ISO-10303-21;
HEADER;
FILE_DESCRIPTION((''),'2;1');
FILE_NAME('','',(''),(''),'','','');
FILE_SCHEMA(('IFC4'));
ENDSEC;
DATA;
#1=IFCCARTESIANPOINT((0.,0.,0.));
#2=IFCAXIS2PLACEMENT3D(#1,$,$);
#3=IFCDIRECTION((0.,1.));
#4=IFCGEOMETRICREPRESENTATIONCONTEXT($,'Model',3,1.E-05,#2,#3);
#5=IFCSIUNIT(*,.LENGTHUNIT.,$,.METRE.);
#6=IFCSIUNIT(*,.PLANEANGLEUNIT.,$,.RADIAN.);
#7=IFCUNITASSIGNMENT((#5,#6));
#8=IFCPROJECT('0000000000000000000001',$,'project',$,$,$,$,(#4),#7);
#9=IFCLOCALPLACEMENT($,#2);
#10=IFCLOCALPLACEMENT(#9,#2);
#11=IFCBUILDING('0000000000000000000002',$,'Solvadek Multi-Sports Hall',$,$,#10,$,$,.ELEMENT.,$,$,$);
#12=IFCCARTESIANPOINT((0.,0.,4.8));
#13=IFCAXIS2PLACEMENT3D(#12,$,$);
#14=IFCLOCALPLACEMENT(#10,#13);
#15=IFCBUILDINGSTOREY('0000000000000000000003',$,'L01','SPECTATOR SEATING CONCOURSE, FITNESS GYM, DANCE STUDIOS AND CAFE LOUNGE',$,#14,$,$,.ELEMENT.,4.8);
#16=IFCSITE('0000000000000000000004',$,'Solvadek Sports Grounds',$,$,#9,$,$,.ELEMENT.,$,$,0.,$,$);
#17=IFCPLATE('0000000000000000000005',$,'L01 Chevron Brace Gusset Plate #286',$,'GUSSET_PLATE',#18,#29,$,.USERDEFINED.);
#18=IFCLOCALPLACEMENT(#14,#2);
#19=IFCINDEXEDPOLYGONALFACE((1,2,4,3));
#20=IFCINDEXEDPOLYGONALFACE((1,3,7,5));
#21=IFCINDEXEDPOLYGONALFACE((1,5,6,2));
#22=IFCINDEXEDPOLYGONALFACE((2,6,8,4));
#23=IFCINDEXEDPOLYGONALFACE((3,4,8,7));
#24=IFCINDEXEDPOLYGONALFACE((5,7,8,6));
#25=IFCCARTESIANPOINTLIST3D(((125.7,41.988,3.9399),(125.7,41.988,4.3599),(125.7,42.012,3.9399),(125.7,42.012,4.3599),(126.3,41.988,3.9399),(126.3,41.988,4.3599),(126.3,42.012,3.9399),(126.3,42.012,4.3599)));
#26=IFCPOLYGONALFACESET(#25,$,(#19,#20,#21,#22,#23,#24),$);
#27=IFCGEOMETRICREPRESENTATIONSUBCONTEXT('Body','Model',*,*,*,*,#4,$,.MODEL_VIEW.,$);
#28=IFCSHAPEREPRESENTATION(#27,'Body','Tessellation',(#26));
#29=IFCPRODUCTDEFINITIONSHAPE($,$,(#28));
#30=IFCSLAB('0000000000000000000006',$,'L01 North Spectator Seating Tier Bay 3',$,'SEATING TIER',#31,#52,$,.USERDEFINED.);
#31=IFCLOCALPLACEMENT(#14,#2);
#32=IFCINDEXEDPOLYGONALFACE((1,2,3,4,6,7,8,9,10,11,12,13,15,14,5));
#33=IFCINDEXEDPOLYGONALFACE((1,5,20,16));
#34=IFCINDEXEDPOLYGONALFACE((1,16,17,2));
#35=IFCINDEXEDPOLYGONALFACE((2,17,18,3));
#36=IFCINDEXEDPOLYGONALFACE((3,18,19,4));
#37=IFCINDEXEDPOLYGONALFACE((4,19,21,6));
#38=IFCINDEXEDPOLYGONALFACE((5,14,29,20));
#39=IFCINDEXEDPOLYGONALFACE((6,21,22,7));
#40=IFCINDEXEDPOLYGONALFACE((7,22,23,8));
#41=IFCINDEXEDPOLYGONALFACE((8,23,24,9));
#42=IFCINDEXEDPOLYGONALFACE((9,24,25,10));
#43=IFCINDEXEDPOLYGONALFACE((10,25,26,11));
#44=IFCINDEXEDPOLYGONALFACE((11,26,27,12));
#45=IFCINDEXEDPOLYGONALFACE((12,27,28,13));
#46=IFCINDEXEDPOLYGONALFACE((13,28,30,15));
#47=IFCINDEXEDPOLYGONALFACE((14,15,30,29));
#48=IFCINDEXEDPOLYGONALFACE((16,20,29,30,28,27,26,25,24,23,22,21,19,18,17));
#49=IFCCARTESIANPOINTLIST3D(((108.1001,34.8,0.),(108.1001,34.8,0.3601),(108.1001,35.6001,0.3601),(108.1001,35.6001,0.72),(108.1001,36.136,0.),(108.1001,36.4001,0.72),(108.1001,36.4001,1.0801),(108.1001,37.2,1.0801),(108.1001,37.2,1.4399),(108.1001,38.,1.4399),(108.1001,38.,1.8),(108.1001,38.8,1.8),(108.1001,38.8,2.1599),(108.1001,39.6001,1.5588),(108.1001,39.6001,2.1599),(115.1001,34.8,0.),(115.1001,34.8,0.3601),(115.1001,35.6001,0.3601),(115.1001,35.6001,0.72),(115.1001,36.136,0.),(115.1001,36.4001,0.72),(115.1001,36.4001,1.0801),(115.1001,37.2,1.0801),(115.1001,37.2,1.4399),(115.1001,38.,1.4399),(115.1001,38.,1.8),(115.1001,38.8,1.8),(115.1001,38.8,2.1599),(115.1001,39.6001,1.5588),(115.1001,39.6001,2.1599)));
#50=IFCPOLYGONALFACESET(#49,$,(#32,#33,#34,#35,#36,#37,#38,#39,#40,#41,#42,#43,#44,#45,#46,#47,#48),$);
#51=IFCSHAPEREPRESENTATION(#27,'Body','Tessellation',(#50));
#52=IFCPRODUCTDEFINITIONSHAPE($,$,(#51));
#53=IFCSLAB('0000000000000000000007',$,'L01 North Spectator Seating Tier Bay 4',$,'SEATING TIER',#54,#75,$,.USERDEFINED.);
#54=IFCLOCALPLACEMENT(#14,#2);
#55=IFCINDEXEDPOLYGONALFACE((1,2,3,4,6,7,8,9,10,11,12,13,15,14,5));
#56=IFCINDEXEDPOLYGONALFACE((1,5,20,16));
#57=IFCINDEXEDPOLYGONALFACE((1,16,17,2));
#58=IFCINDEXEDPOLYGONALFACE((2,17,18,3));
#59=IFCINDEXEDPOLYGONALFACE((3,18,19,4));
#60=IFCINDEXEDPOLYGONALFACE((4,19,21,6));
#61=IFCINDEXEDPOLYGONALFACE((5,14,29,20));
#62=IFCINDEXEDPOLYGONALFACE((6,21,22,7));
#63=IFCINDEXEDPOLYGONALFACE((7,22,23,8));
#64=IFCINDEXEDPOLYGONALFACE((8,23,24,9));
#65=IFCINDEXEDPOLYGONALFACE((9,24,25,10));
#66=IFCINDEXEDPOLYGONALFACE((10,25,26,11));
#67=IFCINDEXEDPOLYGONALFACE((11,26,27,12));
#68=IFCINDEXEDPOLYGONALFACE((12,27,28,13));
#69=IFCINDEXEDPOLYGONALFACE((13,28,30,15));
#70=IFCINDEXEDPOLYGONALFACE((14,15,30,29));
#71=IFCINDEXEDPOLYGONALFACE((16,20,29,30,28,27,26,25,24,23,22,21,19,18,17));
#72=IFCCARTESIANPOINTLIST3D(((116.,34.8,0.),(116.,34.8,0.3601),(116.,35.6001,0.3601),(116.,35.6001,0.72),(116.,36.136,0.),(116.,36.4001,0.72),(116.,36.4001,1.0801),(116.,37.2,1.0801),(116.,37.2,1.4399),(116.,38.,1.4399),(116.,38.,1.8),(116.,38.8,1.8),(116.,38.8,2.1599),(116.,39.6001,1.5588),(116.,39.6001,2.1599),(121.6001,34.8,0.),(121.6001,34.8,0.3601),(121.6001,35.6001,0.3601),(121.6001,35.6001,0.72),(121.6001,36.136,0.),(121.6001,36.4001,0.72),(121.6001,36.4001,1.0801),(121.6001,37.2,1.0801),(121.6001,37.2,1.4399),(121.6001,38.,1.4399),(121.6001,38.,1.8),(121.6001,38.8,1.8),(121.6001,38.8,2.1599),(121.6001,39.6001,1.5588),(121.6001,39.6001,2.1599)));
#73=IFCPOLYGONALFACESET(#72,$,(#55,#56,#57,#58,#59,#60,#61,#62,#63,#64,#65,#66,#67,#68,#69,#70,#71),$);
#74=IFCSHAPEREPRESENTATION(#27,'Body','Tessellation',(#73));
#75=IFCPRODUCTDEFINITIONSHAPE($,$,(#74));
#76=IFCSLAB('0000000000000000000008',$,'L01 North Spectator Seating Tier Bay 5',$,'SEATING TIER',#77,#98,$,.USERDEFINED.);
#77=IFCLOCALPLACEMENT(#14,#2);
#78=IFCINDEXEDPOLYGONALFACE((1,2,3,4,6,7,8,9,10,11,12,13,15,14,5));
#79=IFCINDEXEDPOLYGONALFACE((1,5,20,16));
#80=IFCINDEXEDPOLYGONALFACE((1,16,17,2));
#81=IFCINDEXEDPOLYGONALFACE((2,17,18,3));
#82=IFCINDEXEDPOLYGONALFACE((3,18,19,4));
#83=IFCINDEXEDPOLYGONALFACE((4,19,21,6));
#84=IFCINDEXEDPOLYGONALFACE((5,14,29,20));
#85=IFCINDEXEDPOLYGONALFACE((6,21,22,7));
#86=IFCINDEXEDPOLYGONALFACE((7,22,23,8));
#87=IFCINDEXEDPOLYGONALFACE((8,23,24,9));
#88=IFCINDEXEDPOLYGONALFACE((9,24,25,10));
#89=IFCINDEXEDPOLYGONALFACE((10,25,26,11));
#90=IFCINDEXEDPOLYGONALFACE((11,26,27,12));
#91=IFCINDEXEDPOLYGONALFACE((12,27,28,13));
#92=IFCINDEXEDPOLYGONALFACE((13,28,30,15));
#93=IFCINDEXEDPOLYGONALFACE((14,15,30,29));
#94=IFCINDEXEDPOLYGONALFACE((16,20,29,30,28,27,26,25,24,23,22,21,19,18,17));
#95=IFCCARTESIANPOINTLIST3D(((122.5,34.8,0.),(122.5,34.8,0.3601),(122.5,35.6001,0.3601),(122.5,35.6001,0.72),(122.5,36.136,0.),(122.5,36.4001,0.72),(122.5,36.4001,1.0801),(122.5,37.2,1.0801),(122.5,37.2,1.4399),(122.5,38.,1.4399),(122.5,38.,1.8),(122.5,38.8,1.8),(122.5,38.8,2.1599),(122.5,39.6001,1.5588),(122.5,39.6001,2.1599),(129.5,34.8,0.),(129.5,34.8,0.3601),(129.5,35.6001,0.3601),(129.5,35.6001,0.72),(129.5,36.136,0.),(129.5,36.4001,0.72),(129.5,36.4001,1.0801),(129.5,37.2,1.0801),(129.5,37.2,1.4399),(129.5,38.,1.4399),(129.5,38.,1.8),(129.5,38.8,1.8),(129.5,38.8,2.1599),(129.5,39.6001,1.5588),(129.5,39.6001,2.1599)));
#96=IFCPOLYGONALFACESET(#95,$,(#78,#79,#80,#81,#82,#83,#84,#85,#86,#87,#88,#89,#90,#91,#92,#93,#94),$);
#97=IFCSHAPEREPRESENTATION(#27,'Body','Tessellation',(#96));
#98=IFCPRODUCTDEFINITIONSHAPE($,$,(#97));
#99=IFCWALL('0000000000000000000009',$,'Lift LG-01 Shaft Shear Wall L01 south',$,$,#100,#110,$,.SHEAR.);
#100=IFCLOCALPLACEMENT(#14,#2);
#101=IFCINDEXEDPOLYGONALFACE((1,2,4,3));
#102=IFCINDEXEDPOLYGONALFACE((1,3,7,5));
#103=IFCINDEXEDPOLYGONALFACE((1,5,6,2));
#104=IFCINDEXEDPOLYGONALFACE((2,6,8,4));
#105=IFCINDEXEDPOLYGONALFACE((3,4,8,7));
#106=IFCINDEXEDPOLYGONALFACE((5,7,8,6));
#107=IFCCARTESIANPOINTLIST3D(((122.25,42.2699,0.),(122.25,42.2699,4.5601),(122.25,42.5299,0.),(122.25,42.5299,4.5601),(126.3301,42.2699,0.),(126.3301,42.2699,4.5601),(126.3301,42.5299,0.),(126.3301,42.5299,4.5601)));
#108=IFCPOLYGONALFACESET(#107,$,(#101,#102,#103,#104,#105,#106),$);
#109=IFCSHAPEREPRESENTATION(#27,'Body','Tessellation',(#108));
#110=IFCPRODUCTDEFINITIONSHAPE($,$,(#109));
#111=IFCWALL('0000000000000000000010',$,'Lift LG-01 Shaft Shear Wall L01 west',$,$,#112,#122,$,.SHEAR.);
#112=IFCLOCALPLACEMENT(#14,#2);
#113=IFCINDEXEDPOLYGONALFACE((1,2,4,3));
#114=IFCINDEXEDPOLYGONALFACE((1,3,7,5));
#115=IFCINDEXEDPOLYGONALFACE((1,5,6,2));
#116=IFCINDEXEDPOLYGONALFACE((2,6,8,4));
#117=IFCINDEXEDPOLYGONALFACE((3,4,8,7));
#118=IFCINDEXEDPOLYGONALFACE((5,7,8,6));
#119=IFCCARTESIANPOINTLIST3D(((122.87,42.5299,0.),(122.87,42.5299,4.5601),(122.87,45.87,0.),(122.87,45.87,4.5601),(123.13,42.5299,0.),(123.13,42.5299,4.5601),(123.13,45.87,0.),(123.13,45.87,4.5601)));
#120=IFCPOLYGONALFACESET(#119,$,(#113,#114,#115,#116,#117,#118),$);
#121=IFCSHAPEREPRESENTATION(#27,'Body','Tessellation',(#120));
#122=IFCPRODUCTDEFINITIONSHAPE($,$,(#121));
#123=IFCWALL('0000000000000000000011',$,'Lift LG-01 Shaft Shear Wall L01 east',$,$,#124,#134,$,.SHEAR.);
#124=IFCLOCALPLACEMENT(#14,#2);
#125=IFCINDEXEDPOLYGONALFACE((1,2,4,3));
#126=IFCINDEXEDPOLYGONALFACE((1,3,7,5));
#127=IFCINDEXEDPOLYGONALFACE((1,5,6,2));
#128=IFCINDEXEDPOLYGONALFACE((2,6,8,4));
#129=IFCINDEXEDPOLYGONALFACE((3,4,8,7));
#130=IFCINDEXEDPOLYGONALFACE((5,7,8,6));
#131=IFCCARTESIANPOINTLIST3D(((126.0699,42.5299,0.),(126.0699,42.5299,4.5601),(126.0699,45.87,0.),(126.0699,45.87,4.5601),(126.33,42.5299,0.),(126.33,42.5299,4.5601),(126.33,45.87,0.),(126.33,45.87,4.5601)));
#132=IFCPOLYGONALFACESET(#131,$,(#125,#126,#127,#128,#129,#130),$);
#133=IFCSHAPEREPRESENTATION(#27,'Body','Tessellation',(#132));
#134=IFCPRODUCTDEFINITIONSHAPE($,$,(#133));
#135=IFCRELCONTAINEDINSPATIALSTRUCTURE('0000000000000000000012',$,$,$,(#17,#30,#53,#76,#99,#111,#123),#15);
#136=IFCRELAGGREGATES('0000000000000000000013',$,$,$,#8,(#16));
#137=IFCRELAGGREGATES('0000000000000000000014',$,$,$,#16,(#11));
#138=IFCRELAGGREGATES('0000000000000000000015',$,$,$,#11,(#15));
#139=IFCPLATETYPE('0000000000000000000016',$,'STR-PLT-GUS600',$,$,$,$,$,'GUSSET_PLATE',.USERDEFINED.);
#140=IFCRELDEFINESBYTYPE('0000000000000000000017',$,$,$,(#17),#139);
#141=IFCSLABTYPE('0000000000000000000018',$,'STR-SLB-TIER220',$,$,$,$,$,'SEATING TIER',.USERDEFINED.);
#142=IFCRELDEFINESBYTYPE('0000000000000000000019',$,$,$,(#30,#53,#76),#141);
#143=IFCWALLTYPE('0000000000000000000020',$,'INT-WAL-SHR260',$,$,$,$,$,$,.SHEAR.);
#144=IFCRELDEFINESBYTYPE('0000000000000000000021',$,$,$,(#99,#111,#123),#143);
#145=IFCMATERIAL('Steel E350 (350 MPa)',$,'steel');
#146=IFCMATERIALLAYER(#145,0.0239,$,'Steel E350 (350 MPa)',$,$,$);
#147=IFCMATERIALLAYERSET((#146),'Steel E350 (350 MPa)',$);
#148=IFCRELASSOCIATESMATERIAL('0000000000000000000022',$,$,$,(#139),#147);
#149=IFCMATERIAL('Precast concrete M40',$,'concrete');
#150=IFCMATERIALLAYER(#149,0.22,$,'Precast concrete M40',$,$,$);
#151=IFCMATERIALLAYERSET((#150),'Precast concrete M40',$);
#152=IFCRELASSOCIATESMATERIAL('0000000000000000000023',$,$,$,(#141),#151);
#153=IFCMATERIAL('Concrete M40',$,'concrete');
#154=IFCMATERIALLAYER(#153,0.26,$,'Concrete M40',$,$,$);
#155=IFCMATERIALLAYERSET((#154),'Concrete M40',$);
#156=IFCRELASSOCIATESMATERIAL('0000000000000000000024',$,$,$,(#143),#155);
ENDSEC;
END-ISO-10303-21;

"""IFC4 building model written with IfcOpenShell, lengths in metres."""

from ifc_helpers import new_model, si_unit, direction, frame, frame_2d, origin, origin_2d, place, context, subcontext, project, spatial, polyline, rectangle, outline, extrude, material, layer, layer_set, type_object, element, save


model = new_model("IFC4")

# Units and contexts
model_context = context("Model", 3, precision=1e-05, world=origin(), true_north=direction((0.0, 1.0)))
body_context = subcontext(model_context, "Body", "Model", "MODEL_VIEW")
ifc_project = project(units=[si_unit("LENGTHUNIT", "METRE"), si_unit("PLANEANGLEUNIT", "RADIAN")], contexts=[model_context])

# Site, building, storey
site_placement = place(None, origin())
site = spatial("IfcSite", under=ifc_project, at=site_placement, Name="Solvadek Sports Grounds", CompositionType="ELEMENT", RefElevation=0.0)
building_placement = place(site_placement, origin())
building = spatial("IfcBuilding", under=site, at=building_placement, Name="Solvadek Multi-Sports Hall", CompositionType="ELEMENT")
storey_placement = place(building_placement, frame((0.0, 0.0, 4.8)))
storey = spatial("IfcBuildingStorey", under=building, at=storey_placement, Name="L01", Description="SPECTATOR SEATING CONCOURSE, FITNESS GYM, DANCE STUDIOS AND CAFE LOUNGE", CompositionType="ELEMENT", Elevation=4.8)

# Shared definitions
ifc_material_1 = material(Name="Steel E350 (350 MPa)", Category="steel")

# Shared definitions
ifc_material_2 = material(Name="Concrete M40", Category="concrete")

# Plate
ifc_layer_1 = layer(ifc_material_1, 0.0239, Name="Steel E350 (350 MPa)")
ifc_layer_set_1 = layer_set([ifc_layer_1], Name="Steel E350 (350 MPa)")
plate_type = type_object("IfcPlateType", Name="STR-PLT-GUS600", ElementType="GUSSET_PLATE", PredefinedType="USERDEFINED", material=ifc_layer_set_1)
for number, where, z_axis, x_axis, name in (
    (1, (126.0, 42.0, 3.9399), (0.0, 0.0, 1.0), (1.0, 0.0, 0.0), "L01 Chevron Brace Gusset Plate #286"),
):
    element("IfcPlate", number, at=place(storey_placement, frame(where, z_axis=z_axis, x_axis=x_axis)), inside=storey, type_object=plate_type, Name=name, ObjectType="GUSSET_PLATE", PredefinedType="USERDEFINED", context=body_context, shape_type="SweptSolid", body=[
        extrude(rectangle(XDim=0.6001, YDim=0.0239, at=origin_2d()), origin(), (0.0, 0.0, 1.0), 0.4199),
    ])

# Slabs
ifc_material_3 = material(Name="Precast concrete M40", Category="concrete")
ifc_layer_2 = layer(ifc_material_3, 0.22, Name="Precast concrete M40")
ifc_layer_set_2 = layer_set([ifc_layer_2], Name="Precast concrete M40")
slab_type = type_object("IfcSlabType", Name="STR-SLB-TIER220", ElementType="SEATING TIER", PredefinedType="USERDEFINED", material=ifc_layer_set_2)
slab_1_placement = place(storey_placement, frame((111.6001, 34.8, 0.0), z_axis=(0.0, 0.0, 1.0), x_axis=(0.0, 1.0, 0.0)))
element("IfcSlab", 2, at=slab_1_placement, inside=storey, type_object=slab_type, Name="L01 North Spectator Seating Tier Bay 3", ObjectType="SEATING TIER", PredefinedType="USERDEFINED", context=body_context, shape_type="SweptSolid", body=[
    extrude(outline(polyline([(0.0, 0.0), (0.0, 0.3601), (0.8, 0.3601), (0.8, 0.72), (1.6001, 0.72), (1.6001, 1.0801), (2.3999, 1.0801), (2.3999, 1.4399), (3.2, 1.4399), (3.2, 1.8), (4.0, 1.8), (4.0, 2.1599), (4.8, 2.1599), (4.8, 1.5588), (1.3359, 0.0), (0.0, 0.0)])), frame((0.0, 3.5, 0.0), z_axis=(0.0, -1.0, 0.0), x_axis=(1.0, 0.0, 0.0)), (0.0, 0.0, 1.0), 7.0),
])
slab_2_placement = place(storey_placement, frame((118.8, 34.8, 0.0), z_axis=(0.0, 0.0, 1.0), x_axis=(0.0, 1.0, 0.0)))
element("IfcSlab", 3, at=slab_2_placement, inside=storey, type_object=slab_type, Name="L01 North Spectator Seating Tier Bay 4", ObjectType="SEATING TIER", PredefinedType="USERDEFINED", context=body_context, shape_type="SweptSolid", body=[
    extrude(outline(polyline([(0.0, 0.0), (0.0, 0.3601), (0.8, 0.3601), (0.8, 0.72), (1.6001, 0.72), (1.6001, 1.0801), (2.3999, 1.0801), (2.3999, 1.4399), (3.2, 1.4399), (3.2, 1.8), (4.0, 1.8), (4.0, 2.1599), (4.8, 2.1599), (4.8, 1.5588), (1.3359, 0.0), (0.0, 0.0)])), frame((0.0, 2.8, 0.0), z_axis=(0.0, -1.0, 0.0), x_axis=(1.0, 0.0, 0.0)), (0.0, 0.0, 1.0), 5.6001),
])
slab_3_placement = place(storey_placement, frame((126.0, 34.8, 0.0), z_axis=(0.0, 0.0, 1.0), x_axis=(0.0, 1.0, 0.0)))
element("IfcSlab", 4, at=slab_3_placement, inside=storey, type_object=slab_type, Name="L01 North Spectator Seating Tier Bay 5", ObjectType="SEATING TIER", PredefinedType="USERDEFINED", context=body_context, shape_type="SweptSolid", body=[
    extrude(outline(polyline([(0.0, 0.0), (0.0, 0.3601), (0.8, 0.3601), (0.8, 0.72), (1.6001, 0.72), (1.6001, 1.0801), (2.3999, 1.0801), (2.3999, 1.4399), (3.2, 1.4399), (3.2, 1.8), (4.0, 1.8), (4.0, 2.1599), (4.8, 2.1599), (4.8, 1.5588), (1.3359, 0.0), (0.0, 0.0)])), frame((0.0, 3.5, 0.0), z_axis=(0.0, -1.0, 0.0), x_axis=(1.0, 0.0, 0.0)), (0.0, 0.0, 1.0), 7.0),
])

# Walls
ifc_layer_3 = layer(ifc_material_2, 0.26, Name="Concrete M40")
ifc_layer_set_3 = layer_set([ifc_layer_3], Name="Concrete M40")
wall_type = type_object("IfcWallType", Name="INT-WAL-SHR260", PredefinedType="SHEAR", material=ifc_layer_set_3)
wall_placement = place(storey_placement, frame((122.25, 42.3999, 0.0), z_axis=(0.0, 0.0, 1.0), x_axis=(1.0, 0.0, 0.0)))
element("IfcWall", 5, at=wall_placement, inside=storey, type_object=wall_type, Name="Lift LG-01 Shaft Shear Wall L01 south", PredefinedType="SHEAR", context=body_context, shape_type="SweptSolid", body=[
    extrude(rectangle(XDim=4.0801, YDim=0.26, at=frame_2d((2.04, 0.0))), origin(), (0.0, 0.0, 1.0), 4.5601),
])
for number, where, z_axis, x_axis, name in (
    (6, (123.0, 42.53, 0.0), (0.0, 0.0, 1.0), (0.0, 1.0, 0.0), "Lift LG-01 Shaft Shear Wall L01 west"),
    (7, (126.2, 42.53, 0.0), (0.0, 0.0, 1.0), (0.0, 1.0, 0.0), "Lift LG-01 Shaft Shear Wall L01 east"),
):
    element("IfcWall", number, at=place(storey_placement, frame(where, z_axis=z_axis, x_axis=x_axis)), inside=storey, type_object=wall_type, Name=name, PredefinedType="SHEAR", context=body_context, shape_type="SweptSolid", body=[
        extrude(rectangle(XDim=3.3401, YDim=0.26, at=frame_2d((1.6699, 0.0))), origin(), (0.0, 0.0, 1.0), 4.5601),
    ])

save(model, "model.ifc")
